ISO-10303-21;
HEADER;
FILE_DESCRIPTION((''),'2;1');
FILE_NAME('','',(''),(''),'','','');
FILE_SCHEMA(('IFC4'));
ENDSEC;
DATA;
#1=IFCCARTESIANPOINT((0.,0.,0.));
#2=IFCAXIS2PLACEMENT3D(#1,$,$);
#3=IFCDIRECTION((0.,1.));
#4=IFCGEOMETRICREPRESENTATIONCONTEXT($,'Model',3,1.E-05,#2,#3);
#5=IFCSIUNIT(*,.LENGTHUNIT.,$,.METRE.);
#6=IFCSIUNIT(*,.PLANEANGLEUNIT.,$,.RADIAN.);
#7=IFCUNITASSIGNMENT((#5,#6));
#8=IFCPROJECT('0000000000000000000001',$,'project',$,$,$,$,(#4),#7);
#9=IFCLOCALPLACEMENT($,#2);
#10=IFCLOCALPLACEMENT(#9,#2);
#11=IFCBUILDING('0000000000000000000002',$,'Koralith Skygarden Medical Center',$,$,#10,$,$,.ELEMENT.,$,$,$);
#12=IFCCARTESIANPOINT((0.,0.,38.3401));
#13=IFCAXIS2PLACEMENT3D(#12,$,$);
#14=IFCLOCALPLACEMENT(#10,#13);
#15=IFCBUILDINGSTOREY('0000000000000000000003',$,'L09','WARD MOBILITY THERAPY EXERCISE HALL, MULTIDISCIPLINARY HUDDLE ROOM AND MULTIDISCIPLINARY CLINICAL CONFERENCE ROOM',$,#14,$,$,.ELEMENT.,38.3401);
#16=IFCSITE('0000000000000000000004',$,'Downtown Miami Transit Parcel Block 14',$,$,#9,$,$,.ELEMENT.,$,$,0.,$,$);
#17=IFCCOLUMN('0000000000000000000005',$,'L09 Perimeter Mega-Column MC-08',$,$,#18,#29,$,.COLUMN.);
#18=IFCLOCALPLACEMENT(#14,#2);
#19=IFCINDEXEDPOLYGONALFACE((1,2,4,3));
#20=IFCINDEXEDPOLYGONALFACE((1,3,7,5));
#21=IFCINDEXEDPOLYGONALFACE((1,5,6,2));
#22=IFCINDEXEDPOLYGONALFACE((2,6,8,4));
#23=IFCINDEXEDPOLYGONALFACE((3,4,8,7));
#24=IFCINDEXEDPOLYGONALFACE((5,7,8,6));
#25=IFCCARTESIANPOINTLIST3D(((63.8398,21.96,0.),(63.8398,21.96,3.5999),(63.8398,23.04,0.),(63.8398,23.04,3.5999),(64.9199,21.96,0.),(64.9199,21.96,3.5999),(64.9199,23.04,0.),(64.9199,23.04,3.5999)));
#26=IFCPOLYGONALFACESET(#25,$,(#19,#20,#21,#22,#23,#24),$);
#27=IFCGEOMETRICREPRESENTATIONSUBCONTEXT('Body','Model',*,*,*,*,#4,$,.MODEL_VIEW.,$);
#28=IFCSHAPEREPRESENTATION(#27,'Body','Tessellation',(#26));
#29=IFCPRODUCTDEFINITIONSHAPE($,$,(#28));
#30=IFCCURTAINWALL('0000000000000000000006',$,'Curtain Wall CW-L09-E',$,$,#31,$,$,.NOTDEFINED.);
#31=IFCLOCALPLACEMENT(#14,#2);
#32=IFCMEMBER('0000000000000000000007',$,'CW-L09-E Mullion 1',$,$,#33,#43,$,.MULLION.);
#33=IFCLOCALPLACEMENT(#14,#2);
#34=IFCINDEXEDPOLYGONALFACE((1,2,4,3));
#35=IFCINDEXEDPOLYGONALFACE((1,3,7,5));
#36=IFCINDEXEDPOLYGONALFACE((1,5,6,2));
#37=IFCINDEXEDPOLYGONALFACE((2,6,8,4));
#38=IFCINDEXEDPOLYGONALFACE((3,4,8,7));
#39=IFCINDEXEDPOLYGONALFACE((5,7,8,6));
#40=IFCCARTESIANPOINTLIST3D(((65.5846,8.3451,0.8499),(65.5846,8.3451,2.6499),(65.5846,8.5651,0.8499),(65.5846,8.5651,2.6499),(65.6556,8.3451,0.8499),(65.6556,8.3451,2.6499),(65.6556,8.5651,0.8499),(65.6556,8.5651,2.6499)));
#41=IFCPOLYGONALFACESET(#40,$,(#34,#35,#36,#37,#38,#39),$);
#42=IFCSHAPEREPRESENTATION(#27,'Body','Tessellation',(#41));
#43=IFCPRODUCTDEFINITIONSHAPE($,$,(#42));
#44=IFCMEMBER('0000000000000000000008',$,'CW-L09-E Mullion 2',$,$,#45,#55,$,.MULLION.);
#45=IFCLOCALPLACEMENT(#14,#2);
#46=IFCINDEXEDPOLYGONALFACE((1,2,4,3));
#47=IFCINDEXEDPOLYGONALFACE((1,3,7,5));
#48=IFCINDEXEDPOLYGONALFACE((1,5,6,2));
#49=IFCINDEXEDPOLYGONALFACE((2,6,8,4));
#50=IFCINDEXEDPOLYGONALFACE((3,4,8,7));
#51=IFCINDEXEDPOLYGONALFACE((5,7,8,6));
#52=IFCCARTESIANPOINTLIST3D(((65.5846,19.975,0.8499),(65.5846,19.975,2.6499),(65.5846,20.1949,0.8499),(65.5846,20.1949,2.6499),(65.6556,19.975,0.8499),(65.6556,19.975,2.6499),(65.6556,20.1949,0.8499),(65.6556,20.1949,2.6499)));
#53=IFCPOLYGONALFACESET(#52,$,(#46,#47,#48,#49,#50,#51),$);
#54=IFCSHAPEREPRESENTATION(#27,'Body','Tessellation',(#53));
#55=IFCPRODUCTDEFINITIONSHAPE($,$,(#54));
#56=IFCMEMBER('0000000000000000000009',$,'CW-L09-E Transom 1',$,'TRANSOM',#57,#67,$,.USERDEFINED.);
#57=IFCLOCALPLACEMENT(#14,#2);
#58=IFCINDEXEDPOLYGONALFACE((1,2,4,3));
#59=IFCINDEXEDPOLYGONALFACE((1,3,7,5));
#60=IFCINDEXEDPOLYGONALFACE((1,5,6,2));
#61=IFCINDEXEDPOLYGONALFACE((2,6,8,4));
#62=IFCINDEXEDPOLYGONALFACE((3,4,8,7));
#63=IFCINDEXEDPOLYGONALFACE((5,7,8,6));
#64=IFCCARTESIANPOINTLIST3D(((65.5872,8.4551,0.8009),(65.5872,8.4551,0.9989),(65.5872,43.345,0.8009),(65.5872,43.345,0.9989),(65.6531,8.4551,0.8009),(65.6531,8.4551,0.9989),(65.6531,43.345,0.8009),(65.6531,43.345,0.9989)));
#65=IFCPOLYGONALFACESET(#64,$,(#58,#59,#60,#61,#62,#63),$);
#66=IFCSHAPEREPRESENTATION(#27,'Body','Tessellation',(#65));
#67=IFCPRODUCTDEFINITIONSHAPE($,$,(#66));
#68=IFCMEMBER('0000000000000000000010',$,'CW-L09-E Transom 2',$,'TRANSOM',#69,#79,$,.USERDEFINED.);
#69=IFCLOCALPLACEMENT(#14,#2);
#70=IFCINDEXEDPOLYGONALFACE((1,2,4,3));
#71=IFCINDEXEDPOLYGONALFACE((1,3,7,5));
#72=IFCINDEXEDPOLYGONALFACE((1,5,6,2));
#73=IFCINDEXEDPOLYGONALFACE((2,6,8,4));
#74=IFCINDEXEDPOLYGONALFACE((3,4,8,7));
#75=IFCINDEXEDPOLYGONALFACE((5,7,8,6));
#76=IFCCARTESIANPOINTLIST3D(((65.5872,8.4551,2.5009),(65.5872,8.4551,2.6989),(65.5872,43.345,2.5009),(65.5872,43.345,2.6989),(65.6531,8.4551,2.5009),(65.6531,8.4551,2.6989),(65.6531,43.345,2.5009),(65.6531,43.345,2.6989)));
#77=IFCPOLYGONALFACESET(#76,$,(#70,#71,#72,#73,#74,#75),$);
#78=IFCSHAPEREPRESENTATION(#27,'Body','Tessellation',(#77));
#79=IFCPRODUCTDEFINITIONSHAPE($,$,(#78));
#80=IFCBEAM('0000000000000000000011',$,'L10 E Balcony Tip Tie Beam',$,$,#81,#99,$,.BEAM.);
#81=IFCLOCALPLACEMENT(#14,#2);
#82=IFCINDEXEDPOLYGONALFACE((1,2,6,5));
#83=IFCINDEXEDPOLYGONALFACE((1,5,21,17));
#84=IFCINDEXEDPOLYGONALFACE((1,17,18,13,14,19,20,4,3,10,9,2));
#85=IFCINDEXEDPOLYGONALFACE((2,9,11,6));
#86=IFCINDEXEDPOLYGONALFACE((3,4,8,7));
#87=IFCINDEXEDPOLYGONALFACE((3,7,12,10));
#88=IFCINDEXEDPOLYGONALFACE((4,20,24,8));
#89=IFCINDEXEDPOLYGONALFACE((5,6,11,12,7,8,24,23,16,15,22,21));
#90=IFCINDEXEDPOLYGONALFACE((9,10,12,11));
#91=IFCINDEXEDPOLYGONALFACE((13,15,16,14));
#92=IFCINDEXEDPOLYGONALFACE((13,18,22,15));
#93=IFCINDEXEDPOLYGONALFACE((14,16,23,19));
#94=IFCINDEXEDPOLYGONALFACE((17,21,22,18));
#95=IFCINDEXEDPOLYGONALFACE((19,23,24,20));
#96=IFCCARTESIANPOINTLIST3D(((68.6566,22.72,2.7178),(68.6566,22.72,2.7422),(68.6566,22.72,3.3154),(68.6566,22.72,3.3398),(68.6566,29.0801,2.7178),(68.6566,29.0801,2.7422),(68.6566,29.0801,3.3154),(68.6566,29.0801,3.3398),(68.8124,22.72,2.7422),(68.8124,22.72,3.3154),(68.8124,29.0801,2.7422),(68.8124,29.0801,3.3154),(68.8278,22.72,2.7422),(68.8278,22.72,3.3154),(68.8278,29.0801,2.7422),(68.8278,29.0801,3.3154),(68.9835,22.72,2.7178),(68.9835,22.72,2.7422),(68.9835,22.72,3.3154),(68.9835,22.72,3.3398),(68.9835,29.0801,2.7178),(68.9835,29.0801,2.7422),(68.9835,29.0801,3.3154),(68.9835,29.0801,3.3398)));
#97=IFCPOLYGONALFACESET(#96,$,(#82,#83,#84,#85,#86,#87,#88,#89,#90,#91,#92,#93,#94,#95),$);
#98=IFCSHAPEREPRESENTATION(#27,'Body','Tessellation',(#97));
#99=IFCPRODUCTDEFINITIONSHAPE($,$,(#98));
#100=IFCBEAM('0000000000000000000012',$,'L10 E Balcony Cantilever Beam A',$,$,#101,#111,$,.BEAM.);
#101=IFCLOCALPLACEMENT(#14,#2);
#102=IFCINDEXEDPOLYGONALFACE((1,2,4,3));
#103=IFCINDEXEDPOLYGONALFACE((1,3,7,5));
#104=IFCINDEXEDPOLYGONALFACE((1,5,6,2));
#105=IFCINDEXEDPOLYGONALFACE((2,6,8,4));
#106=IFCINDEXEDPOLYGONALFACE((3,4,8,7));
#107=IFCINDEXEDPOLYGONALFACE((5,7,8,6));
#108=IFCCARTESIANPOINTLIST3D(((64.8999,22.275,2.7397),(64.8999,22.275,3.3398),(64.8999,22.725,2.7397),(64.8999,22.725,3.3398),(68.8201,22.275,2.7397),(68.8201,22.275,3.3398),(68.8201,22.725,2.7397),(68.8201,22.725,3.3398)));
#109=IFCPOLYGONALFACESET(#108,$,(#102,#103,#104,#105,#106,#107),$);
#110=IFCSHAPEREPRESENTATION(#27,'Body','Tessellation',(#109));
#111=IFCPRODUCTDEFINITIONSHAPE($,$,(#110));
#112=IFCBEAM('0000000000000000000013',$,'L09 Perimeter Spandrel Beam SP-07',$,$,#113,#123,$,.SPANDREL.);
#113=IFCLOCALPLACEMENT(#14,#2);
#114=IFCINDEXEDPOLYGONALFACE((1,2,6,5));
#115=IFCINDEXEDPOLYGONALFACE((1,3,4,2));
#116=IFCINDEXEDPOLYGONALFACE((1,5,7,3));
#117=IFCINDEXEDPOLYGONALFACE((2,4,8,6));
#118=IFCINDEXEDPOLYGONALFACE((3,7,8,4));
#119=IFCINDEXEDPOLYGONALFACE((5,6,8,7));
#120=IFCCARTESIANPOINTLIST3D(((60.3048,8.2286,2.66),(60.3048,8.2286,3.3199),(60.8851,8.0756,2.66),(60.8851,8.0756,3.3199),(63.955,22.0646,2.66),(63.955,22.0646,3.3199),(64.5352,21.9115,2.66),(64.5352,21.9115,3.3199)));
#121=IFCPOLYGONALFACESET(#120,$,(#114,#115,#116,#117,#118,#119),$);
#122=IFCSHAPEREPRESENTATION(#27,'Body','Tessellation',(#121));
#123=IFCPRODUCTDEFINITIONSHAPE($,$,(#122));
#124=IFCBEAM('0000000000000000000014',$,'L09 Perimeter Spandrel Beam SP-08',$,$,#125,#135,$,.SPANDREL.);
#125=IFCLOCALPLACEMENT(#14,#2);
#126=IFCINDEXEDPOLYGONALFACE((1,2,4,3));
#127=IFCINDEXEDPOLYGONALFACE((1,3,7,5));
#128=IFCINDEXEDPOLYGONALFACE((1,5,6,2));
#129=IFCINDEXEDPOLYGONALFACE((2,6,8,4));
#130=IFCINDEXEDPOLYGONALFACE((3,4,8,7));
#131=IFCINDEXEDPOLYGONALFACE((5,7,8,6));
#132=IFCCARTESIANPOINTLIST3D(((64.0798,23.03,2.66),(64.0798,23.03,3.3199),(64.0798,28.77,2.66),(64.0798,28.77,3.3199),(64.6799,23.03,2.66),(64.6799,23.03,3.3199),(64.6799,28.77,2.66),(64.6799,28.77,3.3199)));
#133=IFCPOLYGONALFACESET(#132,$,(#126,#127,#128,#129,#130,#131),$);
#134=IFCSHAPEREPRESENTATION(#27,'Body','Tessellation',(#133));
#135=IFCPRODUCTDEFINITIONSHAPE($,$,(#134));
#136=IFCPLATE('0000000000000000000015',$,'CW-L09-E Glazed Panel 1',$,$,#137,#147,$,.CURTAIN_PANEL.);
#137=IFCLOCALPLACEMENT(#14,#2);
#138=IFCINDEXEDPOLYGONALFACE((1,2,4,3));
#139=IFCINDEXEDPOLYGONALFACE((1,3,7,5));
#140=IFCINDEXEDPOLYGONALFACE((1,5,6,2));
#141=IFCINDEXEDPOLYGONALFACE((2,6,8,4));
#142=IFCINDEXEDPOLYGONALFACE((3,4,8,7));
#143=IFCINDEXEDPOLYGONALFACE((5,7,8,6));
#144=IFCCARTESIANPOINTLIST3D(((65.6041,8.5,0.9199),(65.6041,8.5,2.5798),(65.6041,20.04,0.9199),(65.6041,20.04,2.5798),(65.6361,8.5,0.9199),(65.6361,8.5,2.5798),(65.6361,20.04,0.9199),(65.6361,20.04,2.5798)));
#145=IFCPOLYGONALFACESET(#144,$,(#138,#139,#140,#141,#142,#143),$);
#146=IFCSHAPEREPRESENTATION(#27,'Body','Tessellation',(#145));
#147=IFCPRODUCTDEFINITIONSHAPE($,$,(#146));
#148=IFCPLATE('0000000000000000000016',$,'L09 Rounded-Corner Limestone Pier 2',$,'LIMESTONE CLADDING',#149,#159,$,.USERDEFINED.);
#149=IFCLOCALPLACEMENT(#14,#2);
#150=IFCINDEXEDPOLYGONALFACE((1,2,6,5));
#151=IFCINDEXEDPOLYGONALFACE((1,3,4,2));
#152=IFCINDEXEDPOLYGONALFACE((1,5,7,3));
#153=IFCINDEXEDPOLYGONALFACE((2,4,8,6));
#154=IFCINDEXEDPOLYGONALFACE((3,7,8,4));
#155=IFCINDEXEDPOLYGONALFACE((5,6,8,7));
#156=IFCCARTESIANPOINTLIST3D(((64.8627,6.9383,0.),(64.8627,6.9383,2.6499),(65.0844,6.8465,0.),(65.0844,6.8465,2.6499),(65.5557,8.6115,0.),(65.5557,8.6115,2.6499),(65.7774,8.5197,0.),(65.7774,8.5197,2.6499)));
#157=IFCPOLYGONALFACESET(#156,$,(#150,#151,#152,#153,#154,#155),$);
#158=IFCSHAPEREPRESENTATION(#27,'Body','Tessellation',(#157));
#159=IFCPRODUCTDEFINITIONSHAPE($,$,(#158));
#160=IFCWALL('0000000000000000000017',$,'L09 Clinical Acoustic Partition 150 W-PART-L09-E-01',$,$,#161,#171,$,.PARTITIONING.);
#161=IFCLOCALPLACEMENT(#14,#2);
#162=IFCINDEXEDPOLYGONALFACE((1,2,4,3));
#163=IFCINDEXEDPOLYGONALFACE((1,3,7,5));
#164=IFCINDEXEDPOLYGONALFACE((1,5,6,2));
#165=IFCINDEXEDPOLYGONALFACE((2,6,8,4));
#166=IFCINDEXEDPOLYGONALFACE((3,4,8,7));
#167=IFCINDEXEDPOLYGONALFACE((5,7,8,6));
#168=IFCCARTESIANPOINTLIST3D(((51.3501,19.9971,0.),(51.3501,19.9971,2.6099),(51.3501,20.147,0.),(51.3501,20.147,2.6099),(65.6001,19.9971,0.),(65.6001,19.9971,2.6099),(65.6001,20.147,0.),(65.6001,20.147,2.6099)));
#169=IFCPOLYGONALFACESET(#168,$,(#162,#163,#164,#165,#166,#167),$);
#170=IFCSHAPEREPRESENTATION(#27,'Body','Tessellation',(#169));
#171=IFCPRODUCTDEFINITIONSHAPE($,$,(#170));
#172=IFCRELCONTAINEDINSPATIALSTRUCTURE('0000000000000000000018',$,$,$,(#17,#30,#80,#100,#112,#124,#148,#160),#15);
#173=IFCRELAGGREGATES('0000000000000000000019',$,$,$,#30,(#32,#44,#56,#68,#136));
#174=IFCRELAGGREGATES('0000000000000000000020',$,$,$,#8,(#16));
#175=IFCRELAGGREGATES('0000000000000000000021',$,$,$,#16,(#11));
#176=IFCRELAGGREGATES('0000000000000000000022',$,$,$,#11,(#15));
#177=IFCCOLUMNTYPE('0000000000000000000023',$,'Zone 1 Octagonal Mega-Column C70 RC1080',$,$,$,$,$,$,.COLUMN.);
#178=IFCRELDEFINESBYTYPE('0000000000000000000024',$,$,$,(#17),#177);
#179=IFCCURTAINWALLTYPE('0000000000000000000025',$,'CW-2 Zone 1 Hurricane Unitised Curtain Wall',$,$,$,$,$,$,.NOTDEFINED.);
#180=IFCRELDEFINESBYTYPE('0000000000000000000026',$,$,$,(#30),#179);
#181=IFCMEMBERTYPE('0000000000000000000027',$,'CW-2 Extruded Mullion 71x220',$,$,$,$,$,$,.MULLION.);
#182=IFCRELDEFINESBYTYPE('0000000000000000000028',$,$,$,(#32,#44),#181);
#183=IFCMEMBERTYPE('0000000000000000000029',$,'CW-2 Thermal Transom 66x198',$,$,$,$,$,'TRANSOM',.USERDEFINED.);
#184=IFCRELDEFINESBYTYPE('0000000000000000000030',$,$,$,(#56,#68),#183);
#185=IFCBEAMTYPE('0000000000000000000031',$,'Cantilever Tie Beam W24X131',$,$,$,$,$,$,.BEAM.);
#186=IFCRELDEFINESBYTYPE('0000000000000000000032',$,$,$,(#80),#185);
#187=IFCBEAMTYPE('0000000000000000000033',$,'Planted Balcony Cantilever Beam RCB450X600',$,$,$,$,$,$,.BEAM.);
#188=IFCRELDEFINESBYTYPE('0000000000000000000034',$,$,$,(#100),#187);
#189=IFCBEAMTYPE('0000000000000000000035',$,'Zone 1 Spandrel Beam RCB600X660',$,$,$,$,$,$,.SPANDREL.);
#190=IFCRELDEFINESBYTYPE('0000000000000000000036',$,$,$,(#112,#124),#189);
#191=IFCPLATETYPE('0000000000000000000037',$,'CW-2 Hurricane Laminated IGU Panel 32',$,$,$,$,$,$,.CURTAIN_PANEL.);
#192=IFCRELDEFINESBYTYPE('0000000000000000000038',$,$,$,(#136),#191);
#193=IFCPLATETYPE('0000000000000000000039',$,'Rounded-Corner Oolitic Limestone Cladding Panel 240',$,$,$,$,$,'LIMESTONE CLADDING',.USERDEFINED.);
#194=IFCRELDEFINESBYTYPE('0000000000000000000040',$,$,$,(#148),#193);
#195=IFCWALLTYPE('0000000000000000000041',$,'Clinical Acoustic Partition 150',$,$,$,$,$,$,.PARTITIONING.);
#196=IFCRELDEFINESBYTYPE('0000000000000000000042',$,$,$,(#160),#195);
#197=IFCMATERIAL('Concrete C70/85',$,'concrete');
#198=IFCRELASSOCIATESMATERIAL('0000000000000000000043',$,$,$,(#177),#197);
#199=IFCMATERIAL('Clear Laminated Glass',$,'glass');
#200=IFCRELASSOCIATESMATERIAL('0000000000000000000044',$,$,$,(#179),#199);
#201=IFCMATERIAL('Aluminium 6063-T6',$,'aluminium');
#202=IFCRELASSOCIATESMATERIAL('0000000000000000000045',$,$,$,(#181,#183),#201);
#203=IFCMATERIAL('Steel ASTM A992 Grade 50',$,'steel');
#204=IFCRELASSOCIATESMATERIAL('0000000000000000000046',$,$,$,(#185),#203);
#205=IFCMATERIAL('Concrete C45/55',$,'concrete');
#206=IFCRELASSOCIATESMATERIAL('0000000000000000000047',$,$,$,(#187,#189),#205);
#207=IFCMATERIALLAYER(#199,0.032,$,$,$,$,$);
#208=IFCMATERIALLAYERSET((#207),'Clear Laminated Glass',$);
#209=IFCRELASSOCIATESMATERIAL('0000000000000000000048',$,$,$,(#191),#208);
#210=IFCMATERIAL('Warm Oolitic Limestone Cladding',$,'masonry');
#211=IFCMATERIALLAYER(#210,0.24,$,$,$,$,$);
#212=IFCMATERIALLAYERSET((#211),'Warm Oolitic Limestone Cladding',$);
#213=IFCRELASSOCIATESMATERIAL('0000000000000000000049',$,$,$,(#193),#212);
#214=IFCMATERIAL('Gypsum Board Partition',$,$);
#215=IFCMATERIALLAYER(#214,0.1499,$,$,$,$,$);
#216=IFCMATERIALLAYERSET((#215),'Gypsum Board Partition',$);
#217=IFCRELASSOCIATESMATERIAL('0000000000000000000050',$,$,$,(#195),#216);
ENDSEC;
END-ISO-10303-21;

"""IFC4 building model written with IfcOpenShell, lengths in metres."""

from ifc_helpers import new_model, si_unit, direction, frame, frame_2d, origin, origin_2d, place, context, subcontext, project, spatial, rectangle, i_section, extrude, material, layer, layer_set, material_profile, profile_set, type_object, element, aggregate, save


model = new_model("IFC4")

# Units and contexts
model_context = context("Model", 3, precision=1e-05, world=origin(), true_north=direction((0.0, 1.0)))
body_context = subcontext(model_context, "Body", "Model", "MODEL_VIEW")
ifc_project = project(units=[si_unit("LENGTHUNIT", "METRE"), si_unit("PLANEANGLEUNIT", "RADIAN")], contexts=[model_context])

# Site, building, storey
site_placement = place(None, origin())
site = spatial("IfcSite", under=ifc_project, at=site_placement, Name="Downtown Miami Transit Parcel Block 14", CompositionType="ELEMENT", RefElevation=0.0)
building_placement = place(site_placement, origin())
building = spatial("IfcBuilding", under=site, at=building_placement, Name="Koralith Skygarden Medical Center", CompositionType="ELEMENT")
storey_placement = place(building_placement, frame((0.0, 0.0, 38.3401)))
storey = spatial("IfcBuildingStorey", under=building, at=storey_placement, Name="L09", Description="WARD MOBILITY THERAPY EXERCISE HALL, MULTIDISCIPLINARY HUDDLE ROOM AND MULTIDISCIPLINARY CLINICAL CONFERENCE ROOM", CompositionType="ELEMENT", Elevation=38.3401)

# Column
ifc_material_1 = material(Name="Concrete C70/85", Category="concrete")
ifc_material_profile_1 = material_profile(ifc_material_1, rectangle(XDim=1.0801, YDim=1.0801, at=origin_2d()), Name="RC1080X1080")
ifc_profile_set_1 = profile_set([ifc_material_profile_1], Name="Concrete C70/85")
column_type = type_object("IfcColumnType", Name="Zone 1 Octagonal Mega-Column C70 RC1080", PredefinedType="COLUMN", material=ifc_profile_set_1)
column_placement = place(storey_placement, frame((64.3799, 22.5, 0.0), z_axis=(0.0, 0.0, 1.0), x_axis=(1.0, 0.0, 0.0)))
element("IfcColumn", 1, at=column_placement, inside=storey, type_object=column_type, Name="L09 Perimeter Mega-Column MC-08", PredefinedType="COLUMN", context=body_context, shape_type="SweptSolid", body=[
    extrude(rectangle(XDim=1.0801, YDim=1.0801, at=origin_2d()), origin(), (0.0, 0.0, 1.0), 3.5999),
])

# Curtain wall, members
ifc_material_2 = material(Name="Clear Laminated Glass", Category="glass")
curtain_wall_type = type_object("IfcCurtainWallType", Name="CW-2 Zone 1 Hurricane Unitised Curtain Wall", PredefinedType="NOTDEFINED", material=ifc_material_2)
curtain_wall_placement = place(storey_placement, origin())
curtain_wall = element("IfcCurtainWall", 2, at=curtain_wall_placement, inside=storey, type_object=curtain_wall_type, Name="Curtain Wall CW-L09-E", PredefinedType="NOTDEFINED")
ifc_material_3 = material(Name="Aluminium 6063-T6", Category="aluminium")
ifc_material_profile_2 = material_profile(ifc_material_3, rectangle(XDim=0.071, YDim=0.22, at=origin_2d()), Name="MUL71X220")
ifc_profile_set_2 = profile_set([ifc_material_profile_2], Name="Aluminium 6063-T6")
member_type_1 = type_object("IfcMemberType", Name="CW-2 Extruded Mullion 71x220", PredefinedType="MULLION", material=ifc_profile_set_2)
member_1_placement = place(storey_placement, frame((65.6201, 8.4551, 0.8499), z_axis=(0.0, 0.0, 1.0), x_axis=(1.0, 0.0, 0.0)))
member_1 = element("IfcMember", 3, at=member_1_placement, type_object=member_type_1, Name="CW-L09-E Mullion 1", PredefinedType="MULLION", context=body_context, shape_type="SweptSolid", body=[
    extrude(rectangle(XDim=0.071, YDim=0.22, at=origin_2d()), origin(), (0.0, 0.0, 1.0), 1.8),
])
member_2_placement = place(storey_placement, frame((65.6201, 20.085, 0.8499), z_axis=(0.0, 0.0, 1.0), x_axis=(1.0, 0.0, 0.0)))
member_2 = element("IfcMember", 4, at=member_2_placement, type_object=member_type_1, Name="CW-L09-E Mullion 2", PredefinedType="MULLION", context=body_context, shape_type="SweptSolid", body=[
    extrude(rectangle(XDim=0.071, YDim=0.22, at=origin_2d()), origin(), (0.0, 0.0, 1.0), 1.8),
])
ifc_material_profile_3 = material_profile(ifc_material_3, rectangle(XDim=0.0659, YDim=0.198, at=origin_2d()), Name="TRN66X198")
ifc_profile_set_3 = profile_set([ifc_material_profile_3], Name="Aluminium 6063-T6")
member_type_2 = type_object("IfcMemberType", Name="CW-2 Thermal Transom 66x198", ElementType="TRANSOM", PredefinedType="USERDEFINED", material=ifc_profile_set_3)
member_3_placement = place(storey_placement, frame((65.6201, 8.4551, 0.8999), z_axis=(0.0, 1.0, 0.0), x_axis=(-1.0, 0.0, 0.0)))
member_3 = element("IfcMember", 5, at=member_3_placement, type_object=member_type_2, Name="CW-L09-E Transom 1", ObjectType="TRANSOM", PredefinedType="USERDEFINED", context=body_context, shape_type="SweptSolid", body=[
    extrude(rectangle(XDim=0.0659, YDim=0.198, at=origin_2d()), origin(), (0.0, 0.0, 1.0), 34.8899),
])
member_4_placement = place(storey_placement, frame((65.6201, 8.4551, 2.5999), z_axis=(0.0, 1.0, 0.0), x_axis=(-1.0, 0.0, 0.0)))
member_4 = element("IfcMember", 6, at=member_4_placement, type_object=member_type_2, Name="CW-L09-E Transom 2", ObjectType="TRANSOM", PredefinedType="USERDEFINED", context=body_context, shape_type="SweptSolid", body=[
    extrude(rectangle(XDim=0.0659, YDim=0.198, at=origin_2d()), origin(), (0.0, 0.0, 1.0), 34.8899),
])

# Beams
ifc_material_4 = material(Name="Steel ASTM A992 Grade 50", Category="steel")
ifc_material_profile_4 = material_profile(ifc_material_4, i_section(OverallWidth=0.3269, OverallDepth=0.6221, WebThickness=0.0154, FlangeThickness=0.0244, at=origin_2d()), Name="W24X131")
ifc_profile_set_4 = profile_set([ifc_material_profile_4], Name="Steel ASTM A992 Grade 50")
beam_type_1 = type_object("IfcBeamType", Name="Cantilever Tie Beam W24X131", PredefinedType="BEAM", material=ifc_profile_set_4)
beam_1_placement = place(storey_placement, frame((68.8201, 22.72, 3.0288), z_axis=(0.0, 1.0, 0.0), x_axis=(-1.0, 0.0, 0.0)))
element("IfcBeam", 7, at=beam_1_placement, inside=storey, type_object=beam_type_1, Name="L10 E Balcony Tip Tie Beam", PredefinedType="BEAM", context=body_context, shape_type="SweptSolid", body=[
    extrude(i_section(OverallWidth=0.3269, OverallDepth=0.6221, WebThickness=0.0154, FlangeThickness=0.0244, at=origin_2d()), origin(), (0.0, 0.0, 1.0), 6.3601),
])
ifc_material_5 = material(Name="Concrete C45/55", Category="concrete")
ifc_material_profile_5 = material_profile(ifc_material_5, rectangle(XDim=0.45, YDim=0.6001, at=origin_2d()), Name="RCB450X600")
ifc_profile_set_5 = profile_set([ifc_material_profile_5], Name="Concrete C45/55")
beam_type_2 = type_object("IfcBeamType", Name="Planted Balcony Cantilever Beam RCB450X600", PredefinedType="BEAM", material=ifc_profile_set_5)
beam_2_placement = place(storey_placement, frame((64.8999, 22.5, 3.0398), z_axis=(1.0, 0.0, 0.0), x_axis=(0.0, 1.0, 0.0)))
element("IfcBeam", 8, at=beam_2_placement, inside=storey, type_object=beam_type_2, Name="L10 E Balcony Cantilever Beam A", PredefinedType="BEAM", context=body_context, shape_type="SweptSolid", body=[
    extrude(rectangle(XDim=0.45, YDim=0.6001, at=origin_2d()), origin(), (0.0, 0.0, 1.0), 3.9202),
])
ifc_material_profile_6 = material_profile(ifc_material_5, rectangle(XDim=0.6001, YDim=0.6599, at=origin_2d()), Name="RCB600X660")
ifc_profile_set_6 = profile_set([ifc_material_profile_6], Name="Concrete C45/55")
beam_type_3 = type_object("IfcBeamType", Name="Zone 1 Spandrel Beam RCB600X660", PredefinedType="SPANDREL", material=ifc_profile_set_6)
beam_3_placement = place(storey_placement, frame((60.595, 8.1521, 2.99), z_axis=(0.255089, 0.966918, 0.0), x_axis=(-0.966918, 0.255089, 0.0)))
element("IfcBeam", 9, at=beam_3_placement, inside=storey, type_object=beam_type_3, Name="L09 Perimeter Spandrel Beam SP-07", PredefinedType="SPANDREL", context=body_context, shape_type="SweptSolid", body=[
    extrude(rectangle(XDim=0.6001, YDim=0.6599, at=origin_2d()), origin(), (0.0, 0.0, 1.0), 14.3093),
])
beam_4_placement = place(storey_placement, frame((64.3799, 23.03, 2.99), z_axis=(0.0, 1.0, 0.0), x_axis=(-1.0, 0.0, 0.0)))
element("IfcBeam", 10, at=beam_4_placement, inside=storey, type_object=beam_type_3, Name="L09 Perimeter Spandrel Beam SP-08", PredefinedType="SPANDREL", context=body_context, shape_type="SweptSolid", body=[
    extrude(rectangle(XDim=0.6001, YDim=0.6599, at=origin_2d()), origin(), (0.0, 0.0, 1.0), 5.74),
])

# Plates
ifc_layer_1 = layer(ifc_material_2, 0.032)
ifc_layer_set_1 = layer_set([ifc_layer_1], Name="Clear Laminated Glass")
plate_type_1 = type_object("IfcPlateType", Name="CW-2 Hurricane Laminated IGU Panel 32", PredefinedType="CURTAIN_PANEL", material=ifc_layer_set_1)
plate_1_placement = place(storey_placement, frame((65.6201, 14.27, 0.9199), z_axis=(0.0, 0.0, 1.0), x_axis=(0.0, 1.0, 0.0)))
plate_1 = element("IfcPlate", 11, at=plate_1_placement, type_object=plate_type_1, Name="CW-L09-E Glazed Panel 1", PredefinedType="CURTAIN_PANEL", context=body_context, shape_type="SweptSolid", body=[
    extrude(rectangle(XDim=11.54, YDim=0.032, at=origin_2d()), origin(), (0.0, 0.0, 1.0), 1.6599),
])
aggregate(curtain_wall, [member_1, member_2, member_3, member_4, plate_1])
ifc_material_6 = material(Name="Warm Oolitic Limestone Cladding", Category="masonry")
ifc_layer_2 = layer(ifc_material_6, 0.24)
ifc_layer_set_2 = layer_set([ifc_layer_2], Name="Warm Oolitic Limestone Cladding")
plate_type_2 = type_object("IfcPlateType", Name="Rounded-Corner Oolitic Limestone Cladding Panel 240", ElementType="LIMESTONE CLADDING", PredefinedType="USERDEFINED", material=ifc_layer_set_2)
plate_2_placement = place(storey_placement, frame((65.3201, 7.729, 0.0), z_axis=(0.0, 0.0, 1.0), x_axis=(0.382671, 0.923885, 0.0)))
element("IfcPlate", 12, at=plate_2_placement, inside=storey, type_object=plate_type_2, Name="L09 Rounded-Corner Limestone Pier 2", ObjectType="LIMESTONE CLADDING", PredefinedType="USERDEFINED", context=body_context, shape_type="SweptSolid", body=[
    extrude(rectangle(XDim=1.811, YDim=0.24, at=origin_2d()), origin(), (0.0, 0.0, 1.0), 2.6499),
])

# Wall
ifc_material_7 = material(Name="Gypsum Board Partition")
ifc_layer_3 = layer(ifc_material_7, 0.1499)
ifc_layer_set_3 = layer_set([ifc_layer_3], Name="Gypsum Board Partition")
wall_type_1 = type_object("IfcWallType", Name="Clinical Acoustic Partition 150", PredefinedType="PARTITIONING", material=ifc_layer_set_3)
for number, where, z_axis, x_axis, name in (
    (13, (51.3501, 20.072, 0.0), (0.0, 0.0, 1.0), (1.0, 0.0, 0.0), "L09 Clinical Acoustic Partition 150 W-PART-L09-E-01"),
):
    element("IfcWall", number, at=place(storey_placement, frame(where, z_axis=z_axis, x_axis=x_axis)), inside=storey, type_object=wall_type_1, Name=name, PredefinedType="PARTITIONING", context=body_context, shape_type="SweptSolid", body=[
        extrude(rectangle(XDim=14.25, YDim=0.1499, at=frame_2d((7.125, 0.0))), origin(), (0.0, 0.0, 1.0), 2.6099),
    ])

save(model, "model.ifc")
